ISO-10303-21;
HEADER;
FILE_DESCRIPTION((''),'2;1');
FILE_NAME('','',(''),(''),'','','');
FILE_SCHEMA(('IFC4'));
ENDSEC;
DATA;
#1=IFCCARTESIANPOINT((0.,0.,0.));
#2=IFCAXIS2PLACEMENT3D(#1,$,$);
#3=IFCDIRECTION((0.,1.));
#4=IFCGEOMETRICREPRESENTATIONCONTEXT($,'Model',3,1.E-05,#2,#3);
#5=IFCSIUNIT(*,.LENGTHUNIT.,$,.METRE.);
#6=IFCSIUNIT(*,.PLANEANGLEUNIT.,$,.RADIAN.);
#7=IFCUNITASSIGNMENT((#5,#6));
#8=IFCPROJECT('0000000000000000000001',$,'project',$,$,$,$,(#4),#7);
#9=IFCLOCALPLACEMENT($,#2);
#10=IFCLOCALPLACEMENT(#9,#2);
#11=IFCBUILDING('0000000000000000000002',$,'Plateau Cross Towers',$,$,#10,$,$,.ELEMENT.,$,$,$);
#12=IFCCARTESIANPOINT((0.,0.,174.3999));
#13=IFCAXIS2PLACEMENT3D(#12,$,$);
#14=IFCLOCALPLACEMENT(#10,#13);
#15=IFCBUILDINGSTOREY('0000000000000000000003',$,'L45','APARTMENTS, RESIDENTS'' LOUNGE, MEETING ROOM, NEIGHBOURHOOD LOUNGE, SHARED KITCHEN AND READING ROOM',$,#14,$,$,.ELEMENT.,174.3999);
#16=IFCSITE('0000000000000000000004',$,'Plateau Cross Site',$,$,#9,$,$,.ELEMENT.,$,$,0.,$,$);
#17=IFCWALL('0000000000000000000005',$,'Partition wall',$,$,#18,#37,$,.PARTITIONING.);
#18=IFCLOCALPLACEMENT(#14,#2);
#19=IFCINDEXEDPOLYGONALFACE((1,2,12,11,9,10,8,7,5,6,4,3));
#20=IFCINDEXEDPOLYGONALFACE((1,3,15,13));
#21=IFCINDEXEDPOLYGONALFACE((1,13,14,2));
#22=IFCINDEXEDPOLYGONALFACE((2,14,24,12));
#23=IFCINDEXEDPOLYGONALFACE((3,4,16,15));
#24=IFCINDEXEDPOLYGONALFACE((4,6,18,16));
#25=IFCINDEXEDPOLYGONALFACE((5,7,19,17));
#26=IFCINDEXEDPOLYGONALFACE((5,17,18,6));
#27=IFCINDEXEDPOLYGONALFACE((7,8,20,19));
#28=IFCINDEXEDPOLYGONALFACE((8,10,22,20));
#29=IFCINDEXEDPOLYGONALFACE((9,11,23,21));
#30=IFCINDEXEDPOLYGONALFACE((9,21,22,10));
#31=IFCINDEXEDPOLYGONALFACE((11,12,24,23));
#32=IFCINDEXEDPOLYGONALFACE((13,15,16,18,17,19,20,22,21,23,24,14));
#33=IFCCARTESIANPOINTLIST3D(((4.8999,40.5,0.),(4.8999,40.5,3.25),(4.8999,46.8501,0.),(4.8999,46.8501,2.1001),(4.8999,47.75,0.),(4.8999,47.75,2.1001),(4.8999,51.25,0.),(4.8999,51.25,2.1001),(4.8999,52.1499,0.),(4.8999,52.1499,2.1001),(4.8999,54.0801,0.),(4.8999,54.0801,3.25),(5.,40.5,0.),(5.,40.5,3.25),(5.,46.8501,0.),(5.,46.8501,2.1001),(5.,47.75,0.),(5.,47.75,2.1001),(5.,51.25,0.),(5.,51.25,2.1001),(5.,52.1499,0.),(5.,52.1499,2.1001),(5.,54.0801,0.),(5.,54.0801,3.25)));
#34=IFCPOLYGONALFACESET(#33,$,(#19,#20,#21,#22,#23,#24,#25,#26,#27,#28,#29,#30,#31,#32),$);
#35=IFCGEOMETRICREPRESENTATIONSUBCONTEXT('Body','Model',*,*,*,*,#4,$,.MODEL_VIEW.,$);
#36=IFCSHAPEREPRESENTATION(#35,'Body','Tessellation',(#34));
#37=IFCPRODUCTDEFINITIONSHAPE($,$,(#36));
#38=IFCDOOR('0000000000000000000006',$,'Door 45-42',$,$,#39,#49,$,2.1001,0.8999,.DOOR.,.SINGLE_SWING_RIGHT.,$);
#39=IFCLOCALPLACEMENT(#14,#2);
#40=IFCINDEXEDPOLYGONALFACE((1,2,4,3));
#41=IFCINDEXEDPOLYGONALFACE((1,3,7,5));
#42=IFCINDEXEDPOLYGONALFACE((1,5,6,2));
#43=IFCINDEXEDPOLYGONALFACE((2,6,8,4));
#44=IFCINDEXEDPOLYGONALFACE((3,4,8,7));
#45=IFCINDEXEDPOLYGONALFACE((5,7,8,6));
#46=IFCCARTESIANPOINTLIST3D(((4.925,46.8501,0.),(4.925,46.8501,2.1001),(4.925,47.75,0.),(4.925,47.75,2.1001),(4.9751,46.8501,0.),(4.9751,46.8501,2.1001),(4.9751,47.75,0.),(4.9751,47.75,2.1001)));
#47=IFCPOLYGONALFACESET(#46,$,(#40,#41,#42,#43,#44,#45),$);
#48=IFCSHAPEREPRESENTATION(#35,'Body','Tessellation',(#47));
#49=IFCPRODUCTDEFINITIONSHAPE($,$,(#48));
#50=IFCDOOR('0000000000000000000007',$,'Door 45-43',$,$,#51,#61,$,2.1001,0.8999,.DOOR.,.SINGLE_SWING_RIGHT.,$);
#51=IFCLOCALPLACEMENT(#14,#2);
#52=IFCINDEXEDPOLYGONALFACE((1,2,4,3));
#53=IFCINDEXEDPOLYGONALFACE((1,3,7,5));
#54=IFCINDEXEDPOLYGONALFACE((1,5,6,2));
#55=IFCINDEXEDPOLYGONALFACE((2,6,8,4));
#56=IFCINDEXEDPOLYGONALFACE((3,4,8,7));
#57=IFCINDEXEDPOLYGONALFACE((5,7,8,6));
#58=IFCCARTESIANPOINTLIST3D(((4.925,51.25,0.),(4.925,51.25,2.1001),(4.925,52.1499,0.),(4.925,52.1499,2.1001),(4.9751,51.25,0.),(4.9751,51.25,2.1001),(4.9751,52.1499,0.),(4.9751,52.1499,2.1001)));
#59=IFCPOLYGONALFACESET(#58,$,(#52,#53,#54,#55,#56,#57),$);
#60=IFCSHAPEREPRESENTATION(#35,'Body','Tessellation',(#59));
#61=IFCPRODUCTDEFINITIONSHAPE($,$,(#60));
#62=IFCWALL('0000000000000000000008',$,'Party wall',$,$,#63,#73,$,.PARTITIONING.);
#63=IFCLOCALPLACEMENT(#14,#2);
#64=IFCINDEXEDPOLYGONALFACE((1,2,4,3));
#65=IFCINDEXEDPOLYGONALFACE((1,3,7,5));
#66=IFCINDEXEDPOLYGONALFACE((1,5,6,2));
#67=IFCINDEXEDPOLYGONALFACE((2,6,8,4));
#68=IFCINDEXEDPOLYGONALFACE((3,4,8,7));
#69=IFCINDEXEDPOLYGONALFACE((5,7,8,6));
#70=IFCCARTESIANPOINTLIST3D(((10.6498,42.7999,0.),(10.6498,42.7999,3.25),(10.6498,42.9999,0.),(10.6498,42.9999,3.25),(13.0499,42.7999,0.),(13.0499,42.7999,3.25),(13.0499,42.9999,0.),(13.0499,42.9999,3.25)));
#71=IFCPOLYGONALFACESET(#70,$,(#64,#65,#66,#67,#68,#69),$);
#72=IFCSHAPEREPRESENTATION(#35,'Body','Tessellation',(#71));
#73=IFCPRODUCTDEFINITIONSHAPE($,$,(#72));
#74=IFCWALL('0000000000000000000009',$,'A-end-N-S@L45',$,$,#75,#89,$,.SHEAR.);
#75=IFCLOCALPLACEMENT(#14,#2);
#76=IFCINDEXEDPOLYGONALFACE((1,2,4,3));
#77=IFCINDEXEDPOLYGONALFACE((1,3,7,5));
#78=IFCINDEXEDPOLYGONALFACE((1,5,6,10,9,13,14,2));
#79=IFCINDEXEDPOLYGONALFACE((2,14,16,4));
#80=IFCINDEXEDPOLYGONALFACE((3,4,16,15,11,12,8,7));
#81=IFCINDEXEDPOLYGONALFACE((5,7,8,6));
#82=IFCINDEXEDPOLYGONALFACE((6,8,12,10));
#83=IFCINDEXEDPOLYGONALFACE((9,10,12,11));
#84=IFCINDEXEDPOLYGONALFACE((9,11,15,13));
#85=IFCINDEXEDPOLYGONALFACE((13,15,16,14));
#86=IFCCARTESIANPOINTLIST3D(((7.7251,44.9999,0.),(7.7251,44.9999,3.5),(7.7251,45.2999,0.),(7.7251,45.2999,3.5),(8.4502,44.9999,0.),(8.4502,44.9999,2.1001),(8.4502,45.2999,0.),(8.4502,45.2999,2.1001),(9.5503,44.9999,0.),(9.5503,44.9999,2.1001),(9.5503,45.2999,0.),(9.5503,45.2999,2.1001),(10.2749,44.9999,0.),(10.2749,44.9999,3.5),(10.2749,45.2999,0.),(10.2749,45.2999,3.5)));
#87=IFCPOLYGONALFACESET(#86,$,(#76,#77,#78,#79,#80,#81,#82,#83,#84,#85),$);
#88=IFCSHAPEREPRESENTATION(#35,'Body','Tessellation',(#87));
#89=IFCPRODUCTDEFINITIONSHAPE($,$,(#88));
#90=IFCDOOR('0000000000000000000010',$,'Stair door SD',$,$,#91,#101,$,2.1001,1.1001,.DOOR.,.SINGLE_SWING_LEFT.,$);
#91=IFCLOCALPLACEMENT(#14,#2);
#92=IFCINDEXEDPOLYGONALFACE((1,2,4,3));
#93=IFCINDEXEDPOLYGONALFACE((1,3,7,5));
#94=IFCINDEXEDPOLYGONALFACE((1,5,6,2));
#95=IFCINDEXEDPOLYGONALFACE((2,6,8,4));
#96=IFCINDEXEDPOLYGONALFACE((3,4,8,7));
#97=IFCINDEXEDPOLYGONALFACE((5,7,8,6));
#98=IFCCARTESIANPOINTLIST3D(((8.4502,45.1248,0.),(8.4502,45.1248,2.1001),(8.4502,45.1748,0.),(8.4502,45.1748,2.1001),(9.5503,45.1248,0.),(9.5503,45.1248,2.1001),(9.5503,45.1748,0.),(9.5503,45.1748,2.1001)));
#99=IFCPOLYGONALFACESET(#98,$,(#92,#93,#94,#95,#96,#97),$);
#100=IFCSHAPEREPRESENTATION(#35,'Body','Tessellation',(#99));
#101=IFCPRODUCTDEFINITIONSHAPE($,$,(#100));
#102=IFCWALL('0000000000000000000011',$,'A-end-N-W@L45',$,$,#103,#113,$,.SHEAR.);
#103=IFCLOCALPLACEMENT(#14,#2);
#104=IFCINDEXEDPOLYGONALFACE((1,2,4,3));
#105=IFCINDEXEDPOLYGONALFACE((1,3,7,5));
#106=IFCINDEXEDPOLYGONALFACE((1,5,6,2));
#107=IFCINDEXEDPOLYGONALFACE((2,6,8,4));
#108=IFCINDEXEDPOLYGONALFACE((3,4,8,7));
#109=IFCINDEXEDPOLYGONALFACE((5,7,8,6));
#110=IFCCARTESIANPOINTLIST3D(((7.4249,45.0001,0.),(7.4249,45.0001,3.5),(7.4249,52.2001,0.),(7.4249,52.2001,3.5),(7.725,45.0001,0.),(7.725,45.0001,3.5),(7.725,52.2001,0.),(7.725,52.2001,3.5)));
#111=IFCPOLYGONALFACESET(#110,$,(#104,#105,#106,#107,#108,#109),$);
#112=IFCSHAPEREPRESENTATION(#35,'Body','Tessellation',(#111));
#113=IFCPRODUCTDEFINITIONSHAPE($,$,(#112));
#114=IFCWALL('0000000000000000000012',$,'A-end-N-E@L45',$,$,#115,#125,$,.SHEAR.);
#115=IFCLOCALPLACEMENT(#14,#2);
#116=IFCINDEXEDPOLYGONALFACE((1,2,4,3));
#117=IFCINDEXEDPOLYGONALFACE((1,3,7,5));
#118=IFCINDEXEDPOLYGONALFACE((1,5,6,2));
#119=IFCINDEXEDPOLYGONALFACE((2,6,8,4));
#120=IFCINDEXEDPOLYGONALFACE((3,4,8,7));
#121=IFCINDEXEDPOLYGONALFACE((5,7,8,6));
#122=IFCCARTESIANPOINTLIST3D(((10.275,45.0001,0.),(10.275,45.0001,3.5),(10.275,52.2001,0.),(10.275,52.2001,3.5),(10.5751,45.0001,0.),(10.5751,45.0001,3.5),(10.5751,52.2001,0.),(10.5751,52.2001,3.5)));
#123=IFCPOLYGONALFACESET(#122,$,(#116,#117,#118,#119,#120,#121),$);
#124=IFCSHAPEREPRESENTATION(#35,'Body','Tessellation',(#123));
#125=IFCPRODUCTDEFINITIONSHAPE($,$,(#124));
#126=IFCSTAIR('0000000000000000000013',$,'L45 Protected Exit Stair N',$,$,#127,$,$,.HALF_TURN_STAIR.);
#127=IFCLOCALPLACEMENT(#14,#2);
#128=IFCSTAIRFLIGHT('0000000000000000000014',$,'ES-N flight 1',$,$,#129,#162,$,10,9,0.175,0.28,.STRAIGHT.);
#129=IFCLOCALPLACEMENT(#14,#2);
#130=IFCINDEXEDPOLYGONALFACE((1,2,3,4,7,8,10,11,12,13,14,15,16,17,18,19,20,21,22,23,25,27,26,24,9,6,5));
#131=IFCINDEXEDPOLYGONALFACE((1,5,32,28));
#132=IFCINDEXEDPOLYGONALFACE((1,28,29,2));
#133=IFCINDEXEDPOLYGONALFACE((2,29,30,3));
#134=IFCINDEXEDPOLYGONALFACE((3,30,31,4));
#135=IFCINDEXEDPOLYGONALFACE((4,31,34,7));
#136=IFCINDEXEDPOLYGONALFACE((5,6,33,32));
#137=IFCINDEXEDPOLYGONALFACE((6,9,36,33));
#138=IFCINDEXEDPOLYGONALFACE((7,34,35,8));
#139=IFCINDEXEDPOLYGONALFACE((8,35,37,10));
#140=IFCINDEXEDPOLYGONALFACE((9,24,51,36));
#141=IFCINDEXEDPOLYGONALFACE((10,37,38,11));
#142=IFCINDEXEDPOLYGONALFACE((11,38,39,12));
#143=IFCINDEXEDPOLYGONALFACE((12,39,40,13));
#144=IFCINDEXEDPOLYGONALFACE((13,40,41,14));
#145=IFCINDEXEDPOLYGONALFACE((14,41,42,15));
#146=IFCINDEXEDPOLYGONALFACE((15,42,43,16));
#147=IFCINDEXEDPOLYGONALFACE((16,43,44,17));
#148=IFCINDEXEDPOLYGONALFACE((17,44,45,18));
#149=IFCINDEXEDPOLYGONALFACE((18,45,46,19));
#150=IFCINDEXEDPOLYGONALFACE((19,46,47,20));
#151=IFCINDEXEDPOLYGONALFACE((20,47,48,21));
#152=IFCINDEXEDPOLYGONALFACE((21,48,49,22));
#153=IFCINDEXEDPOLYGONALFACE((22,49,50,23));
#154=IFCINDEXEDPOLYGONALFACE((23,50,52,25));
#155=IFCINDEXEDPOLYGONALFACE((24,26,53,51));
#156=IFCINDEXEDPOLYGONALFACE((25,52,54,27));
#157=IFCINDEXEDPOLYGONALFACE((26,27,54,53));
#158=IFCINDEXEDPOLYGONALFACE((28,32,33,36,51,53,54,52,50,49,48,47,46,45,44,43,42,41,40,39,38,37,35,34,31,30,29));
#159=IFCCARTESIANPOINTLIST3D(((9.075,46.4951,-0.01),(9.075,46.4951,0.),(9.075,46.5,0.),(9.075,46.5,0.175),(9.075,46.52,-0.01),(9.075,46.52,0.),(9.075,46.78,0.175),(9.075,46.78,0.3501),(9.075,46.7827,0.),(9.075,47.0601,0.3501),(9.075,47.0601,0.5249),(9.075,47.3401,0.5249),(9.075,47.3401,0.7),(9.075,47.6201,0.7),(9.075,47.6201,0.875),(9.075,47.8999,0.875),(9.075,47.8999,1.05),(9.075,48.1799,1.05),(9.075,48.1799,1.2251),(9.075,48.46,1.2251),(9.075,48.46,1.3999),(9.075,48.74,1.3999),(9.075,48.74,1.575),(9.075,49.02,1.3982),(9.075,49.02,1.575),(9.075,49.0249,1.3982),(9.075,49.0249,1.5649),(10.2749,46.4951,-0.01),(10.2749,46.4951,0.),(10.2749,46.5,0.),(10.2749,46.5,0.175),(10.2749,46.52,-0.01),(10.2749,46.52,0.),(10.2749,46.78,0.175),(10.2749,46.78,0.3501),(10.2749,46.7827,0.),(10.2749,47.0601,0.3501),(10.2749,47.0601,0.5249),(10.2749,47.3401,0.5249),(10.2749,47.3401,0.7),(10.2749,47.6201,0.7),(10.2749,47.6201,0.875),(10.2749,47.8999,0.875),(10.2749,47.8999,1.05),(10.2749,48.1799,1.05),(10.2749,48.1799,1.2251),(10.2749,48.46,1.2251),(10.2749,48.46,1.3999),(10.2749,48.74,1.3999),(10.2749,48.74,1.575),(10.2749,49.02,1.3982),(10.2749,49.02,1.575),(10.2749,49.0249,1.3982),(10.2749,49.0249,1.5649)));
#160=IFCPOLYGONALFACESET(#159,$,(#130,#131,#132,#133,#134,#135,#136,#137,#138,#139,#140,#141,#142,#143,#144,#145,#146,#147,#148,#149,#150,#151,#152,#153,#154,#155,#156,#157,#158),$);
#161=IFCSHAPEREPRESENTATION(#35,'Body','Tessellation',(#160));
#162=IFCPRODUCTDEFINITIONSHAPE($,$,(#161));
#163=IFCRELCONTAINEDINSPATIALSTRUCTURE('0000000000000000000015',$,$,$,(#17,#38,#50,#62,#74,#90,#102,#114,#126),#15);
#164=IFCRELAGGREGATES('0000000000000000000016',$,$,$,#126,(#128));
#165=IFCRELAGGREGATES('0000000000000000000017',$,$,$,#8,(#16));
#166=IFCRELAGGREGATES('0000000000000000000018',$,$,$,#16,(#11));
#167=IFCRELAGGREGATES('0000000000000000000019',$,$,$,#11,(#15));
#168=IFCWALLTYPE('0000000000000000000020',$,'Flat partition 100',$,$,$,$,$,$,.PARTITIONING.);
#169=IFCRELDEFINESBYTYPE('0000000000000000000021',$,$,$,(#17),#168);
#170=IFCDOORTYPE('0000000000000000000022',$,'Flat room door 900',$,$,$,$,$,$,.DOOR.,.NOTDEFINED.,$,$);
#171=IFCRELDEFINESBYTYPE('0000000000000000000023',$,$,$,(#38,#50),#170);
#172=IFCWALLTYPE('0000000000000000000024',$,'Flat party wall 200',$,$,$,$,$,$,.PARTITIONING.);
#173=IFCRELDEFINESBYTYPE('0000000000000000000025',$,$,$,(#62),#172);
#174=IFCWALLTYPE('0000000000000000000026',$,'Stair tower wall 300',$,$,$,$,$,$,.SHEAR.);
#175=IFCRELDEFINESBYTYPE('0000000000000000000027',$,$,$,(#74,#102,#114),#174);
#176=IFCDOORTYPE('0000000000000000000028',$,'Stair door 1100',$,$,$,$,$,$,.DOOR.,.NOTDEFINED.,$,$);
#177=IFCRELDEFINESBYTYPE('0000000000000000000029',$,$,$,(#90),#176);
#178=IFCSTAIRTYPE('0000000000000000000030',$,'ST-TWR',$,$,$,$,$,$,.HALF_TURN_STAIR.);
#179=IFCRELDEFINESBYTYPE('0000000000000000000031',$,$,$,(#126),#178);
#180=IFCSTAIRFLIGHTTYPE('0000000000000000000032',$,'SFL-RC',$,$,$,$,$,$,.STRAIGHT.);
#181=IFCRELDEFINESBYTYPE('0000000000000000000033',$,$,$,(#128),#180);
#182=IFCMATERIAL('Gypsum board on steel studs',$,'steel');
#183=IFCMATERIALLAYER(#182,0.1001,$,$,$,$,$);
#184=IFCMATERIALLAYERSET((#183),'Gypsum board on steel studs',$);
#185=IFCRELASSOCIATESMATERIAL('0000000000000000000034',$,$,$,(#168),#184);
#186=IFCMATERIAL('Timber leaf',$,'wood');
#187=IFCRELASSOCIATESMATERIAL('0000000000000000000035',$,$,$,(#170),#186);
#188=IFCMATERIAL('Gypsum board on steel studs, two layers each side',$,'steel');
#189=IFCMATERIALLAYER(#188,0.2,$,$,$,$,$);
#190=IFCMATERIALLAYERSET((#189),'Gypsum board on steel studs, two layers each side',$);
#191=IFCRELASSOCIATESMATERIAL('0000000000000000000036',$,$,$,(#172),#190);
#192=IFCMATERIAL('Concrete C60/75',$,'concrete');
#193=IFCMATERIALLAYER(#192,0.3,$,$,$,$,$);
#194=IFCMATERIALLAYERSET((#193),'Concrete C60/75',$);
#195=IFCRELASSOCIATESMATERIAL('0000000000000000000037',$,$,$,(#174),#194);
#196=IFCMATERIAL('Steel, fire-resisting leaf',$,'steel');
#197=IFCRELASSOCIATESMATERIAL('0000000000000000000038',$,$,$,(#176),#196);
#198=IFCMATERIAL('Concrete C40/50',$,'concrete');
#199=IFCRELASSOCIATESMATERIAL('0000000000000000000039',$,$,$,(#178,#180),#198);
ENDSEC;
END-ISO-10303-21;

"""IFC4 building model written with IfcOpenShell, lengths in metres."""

from ifc_helpers import new_model, si_unit, direction, frame, frame_2d, origin, place, context, subcontext, project, spatial, polyline, rectangle, outline, extrude, material, layer, layer_set, type_object, element, fill, aggregate, save


model = new_model("IFC4")

# Units and contexts
model_context = context("Model", 3, precision=1e-05, world=origin(), true_north=direction((0.0, 1.0)))
body_context = subcontext(model_context, "Body", "Model", "MODEL_VIEW")
ifc_project = project(units=[si_unit("LENGTHUNIT", "METRE"), si_unit("PLANEANGLEUNIT", "RADIAN")], contexts=[model_context])

# Site, building, storey
site_placement = place(None, origin())
site = spatial("IfcSite", under=ifc_project, at=site_placement, Name="Plateau Cross Site", CompositionType="ELEMENT", RefElevation=0.0)
building_placement = place(site_placement, origin())
building = spatial("IfcBuilding", under=site, at=building_placement, Name="Plateau Cross Towers", CompositionType="ELEMENT")
storey_placement = place(building_placement, frame((0.0, 0.0, 174.3999)))
storey = spatial("IfcBuildingStorey", under=building, at=storey_placement, Name="L45", Description="APARTMENTS, RESIDENTS' LOUNGE, MEETING ROOM, NEIGHBOURHOOD LOUNGE, SHARED KITCHEN AND READING ROOM", CompositionType="ELEMENT", Elevation=174.3999)

# Shared definitions
ifc_material_1 = material(Name="Gypsum board on steel studs", Category="steel")
ifc_layer_1 = layer(ifc_material_1, 0.1001)
ifc_layer_set_1 = layer_set([ifc_layer_1], Name="Gypsum board on steel studs")
wall_type_1 = type_object("IfcWallType", Name="Flat partition 100", PredefinedType="PARTITIONING", material=ifc_layer_set_1)
ifc_material_2 = material(Name="Timber leaf", Category="wood")
door_type_1 = type_object("IfcDoorType", Name="Flat room door 900", OperationType="NOTDEFINED", PredefinedType="DOOR", material=ifc_material_2)

# Wall, openings, doors
wall_1_placement = place(storey_placement, frame((4.95, 40.5, 0.0), z_axis=(0.0, 0.0, 1.0), x_axis=(0.0, 1.0, 0.0)))
wall_1 = element("IfcWall", 1, at=wall_1_placement, inside=storey, type_object=wall_type_1, Name="Partition wall", PredefinedType="PARTITIONING", context=body_context, shape_type="SweptSolid", body=[
    extrude(rectangle(XDim=13.5801, YDim=0.1001, at=frame_2d((6.79, 0.0))), origin(), (0.0, 0.0, 1.0), 3.25),
])
opening_1_placement = place(wall_1_placement, frame((6.3501, 0.0, 0.0)))
opening_1 = element("IfcOpeningElement", 2, at=opening_1_placement, cuts=wall_1, PredefinedType="OPENING", context=body_context, shape_type="SweptSolid", body=[
    extrude(rectangle(XDim=0.8999, YDim=2.1001, at=frame_2d((0.45, 1.05))), frame((0.0, 0.0601, 0.0), z_axis=(0.0, -1.0, 0.0), x_axis=(1.0, 0.0, 0.0)), (0.0, 0.0, 1.0), 0.1201),
])
opening_2_placement = place(wall_1_placement, frame((10.75, 0.0, 0.0)))
opening_2 = element("IfcOpeningElement", 3, at=opening_2_placement, cuts=wall_1, PredefinedType="OPENING", context=body_context, shape_type="SweptSolid", body=[
    extrude(rectangle(XDim=0.8999, YDim=2.1001, at=frame_2d((0.45, 1.05))), frame((0.0, 0.0601, 0.0), z_axis=(0.0, -1.0, 0.0), x_axis=(1.0, 0.0, 0.0)), (0.0, 0.0, 1.0), 0.1201),
])
door_1_placement = place(opening_1_placement, origin())
door_1 = element("IfcDoor", 4, at=door_1_placement, inside=storey, type_object=door_type_1, Name="Door 45-42", OperationType="SINGLE_SWING_RIGHT", OverallHeight=2.1001, OverallWidth=0.8999, PredefinedType="DOOR", context=body_context, shape_type="SweptSolid", body=[
    extrude(rectangle(XDim=0.8999, YDim=2.1001, at=frame_2d((0.45, 1.05))), frame((0.0, 0.0249, 0.0), z_axis=(0.0, -1.0, 0.0), x_axis=(1.0, 0.0, 0.0)), (0.0, 0.0, 1.0), 0.05),
])
fill(opening_1, door_1)
door_2_placement = place(opening_2_placement, origin())
door_2 = element("IfcDoor", 5, at=door_2_placement, inside=storey, type_object=door_type_1, Name="Door 45-43", OperationType="SINGLE_SWING_RIGHT", OverallHeight=2.1001, OverallWidth=0.8999, PredefinedType="DOOR", context=body_context, shape_type="SweptSolid", body=[
    extrude(rectangle(XDim=0.8999, YDim=2.1001, at=frame_2d((0.45, 1.05))), frame((0.0, 0.0249, 0.0), z_axis=(0.0, -1.0, 0.0), x_axis=(1.0, 0.0, 0.0)), (0.0, 0.0, 1.0), 0.05),
])
fill(opening_2, door_2)

# Wall
ifc_material_3 = material(Name="Gypsum board on steel studs, two layers each side", Category="steel")
ifc_layer_2 = layer(ifc_material_3, 0.2)
ifc_layer_set_2 = layer_set([ifc_layer_2], Name="Gypsum board on steel studs, two layers each side")
wall_type_2 = type_object("IfcWallType", Name="Flat party wall 200", PredefinedType="PARTITIONING", material=ifc_layer_set_2)
wall_2_placement = place(storey_placement, frame((13.05, 42.8999, 0.0), z_axis=(0.0, 0.0, 1.0), x_axis=(-1.0, 0.0, 0.0)))
element("IfcWall", 6, at=wall_2_placement, inside=storey, type_object=wall_type_2, Name="Party wall", PredefinedType="PARTITIONING", context=body_context, shape_type="SweptSolid", body=[
    extrude(rectangle(XDim=2.4001, YDim=0.2, at=frame_2d((1.2002, 0.0))), origin(), (0.0, 0.0, 1.0), 3.25),
])

# Wall, opening, door
ifc_material_4 = material(Name="Concrete C60/75", Category="concrete")
ifc_layer_3 = layer(ifc_material_4, 0.3)
ifc_layer_set_3 = layer_set([ifc_layer_3], Name="Concrete C60/75")
wall_type_3 = type_object("IfcWallType", Name="Stair tower wall 300", PredefinedType="SHEAR", material=ifc_layer_set_3)
wall_3_placement = place(storey_placement, frame((7.7251, 45.1499, 0.0), z_axis=(0.0, 0.0, 1.0), x_axis=(1.0, 0.0, 0.0)))
wall_3 = element("IfcWall", 7, at=wall_3_placement, inside=storey, type_object=wall_type_3, Name="A-end-N-S@L45", PredefinedType="SHEAR", context=body_context, shape_type="SweptSolid", body=[
    extrude(rectangle(XDim=2.5498, YDim=0.3, at=frame_2d((1.2749, 0.0))), origin(), (0.0, 0.0, 1.0), 3.5),
])
opening_3_placement = place(wall_3_placement, frame((0.7251, 0.0, 0.0)))
opening_3 = element("IfcOpeningElement", 8, at=opening_3_placement, cuts=wall_3, PredefinedType="OPENING", context=body_context, shape_type="SweptSolid", body=[
    extrude(rectangle(XDim=1.1001, YDim=2.1001, at=frame_2d((0.55, 1.05))), frame((0.0, 0.1599, 0.0), z_axis=(0.0, -1.0, 0.0), x_axis=(1.0, 0.0, 0.0)), (0.0, 0.0, 1.0), 0.3201),
])
ifc_material_5 = material(Name="Steel, fire-resisting leaf", Category="steel")
door_type_2 = type_object("IfcDoorType", Name="Stair door 1100", OperationType="NOTDEFINED", PredefinedType="DOOR", material=ifc_material_5)
door_3_placement = place(opening_3_placement, origin())
door_3 = element("IfcDoor", 9, at=door_3_placement, inside=storey, type_object=door_type_2, Name="Stair door SD", OperationType="SINGLE_SWING_LEFT", OverallHeight=2.1001, OverallWidth=1.1001, PredefinedType="DOOR", context=body_context, shape_type="SweptSolid", body=[
    extrude(rectangle(XDim=1.1001, YDim=2.1001, at=frame_2d((0.55, 1.05))), frame((0.0, 0.0249, 0.0), z_axis=(0.0, -1.0, 0.0), x_axis=(1.0, 0.0, 0.0)), (0.0, 0.0, 1.0), 0.05),
])
fill(opening_3, door_3)

# Walls
for number, where, z_axis, x_axis, name in (
    (10, (7.575, 45.0, 0.0), (0.0, 0.0, 1.0), (0.0, 1.0, 0.0), "A-end-N-W@L45"),
    (11, (10.425, 45.0, 0.0), (0.0, 0.0, 1.0), (0.0, 1.0, 0.0), "A-end-N-E@L45"),
):
    element("IfcWall", number, at=place(storey_placement, frame(where, z_axis=z_axis, x_axis=x_axis)), inside=storey, type_object=wall_type_3, Name=name, PredefinedType="SHEAR", context=body_context, shape_type="SweptSolid", body=[
        extrude(rectangle(XDim=7.2, YDim=0.3, at=frame_2d((3.6001, 0.0))), origin(), (0.0, 0.0, 1.0), 3.5),
    ])

# Stair, stair flight
ifc_material_6 = material(Name="Concrete C40/50", Category="concrete")
stair_type = type_object("IfcStairType", Name="ST-TWR", PredefinedType="HALF_TURN_STAIR", material=ifc_material_6)
stair_placement = place(storey_placement, origin())
stair = element("IfcStair", 12, at=stair_placement, inside=storey, type_object=stair_type, Name="L45 Protected Exit Stair N", PredefinedType="HALF_TURN_STAIR")
stair_flight_type = type_object("IfcStairFlightType", Name="SFL-RC", PredefinedType="STRAIGHT", material=ifc_material_6)
stair_flight_placement = place(storey_placement, frame((9.675, 46.5, 0.0), z_axis=(0.0, 0.0, 1.0), x_axis=(0.0, 1.0, 0.0)))
stair_flight = element("IfcStairFlight", 13, at=stair_flight_placement, type_object=stair_flight_type, Name="ES-N flight 1", NumberOfRisers=10, NumberOfTreads=9, PredefinedType="STRAIGHT", RiserHeight=0.175, TreadLength=0.28, context=body_context, shape_type="SweptSolid", body=[
    extrude(outline(polyline([(-0.0049, -0.01), (-0.0049, 0.0), (0.0, 0.0), (0.0, 0.175), (0.28, 0.175), (0.28, 0.3501), (0.5601, 0.3501), (0.5601, 0.5249), (0.8401, 0.5249), (0.8401, 0.7), (1.1201, 0.7), (1.1201, 0.875), (1.3999, 0.875), (1.3999, 1.05), (1.6799, 1.05), (1.6799, 1.2251), (1.96, 1.2251), (1.96, 1.3999), (2.24, 1.3999), (2.24, 1.575), (2.52, 1.575), (2.5249, 1.5649), (2.5249, 1.3982), (2.52, 1.3982), (0.2827, 0.0), (0.02, 0.0), (0.02, -0.01), (-0.0049, -0.01)])), frame((0.0, 0.6001, 0.0), z_axis=(0.0, -1.0, 0.0), x_axis=(1.0, 0.0, 0.0)), (0.0, 0.0, 1.0), 1.2),
])
aggregate(stair, [stair_flight])

save(model, "model.ifc")
